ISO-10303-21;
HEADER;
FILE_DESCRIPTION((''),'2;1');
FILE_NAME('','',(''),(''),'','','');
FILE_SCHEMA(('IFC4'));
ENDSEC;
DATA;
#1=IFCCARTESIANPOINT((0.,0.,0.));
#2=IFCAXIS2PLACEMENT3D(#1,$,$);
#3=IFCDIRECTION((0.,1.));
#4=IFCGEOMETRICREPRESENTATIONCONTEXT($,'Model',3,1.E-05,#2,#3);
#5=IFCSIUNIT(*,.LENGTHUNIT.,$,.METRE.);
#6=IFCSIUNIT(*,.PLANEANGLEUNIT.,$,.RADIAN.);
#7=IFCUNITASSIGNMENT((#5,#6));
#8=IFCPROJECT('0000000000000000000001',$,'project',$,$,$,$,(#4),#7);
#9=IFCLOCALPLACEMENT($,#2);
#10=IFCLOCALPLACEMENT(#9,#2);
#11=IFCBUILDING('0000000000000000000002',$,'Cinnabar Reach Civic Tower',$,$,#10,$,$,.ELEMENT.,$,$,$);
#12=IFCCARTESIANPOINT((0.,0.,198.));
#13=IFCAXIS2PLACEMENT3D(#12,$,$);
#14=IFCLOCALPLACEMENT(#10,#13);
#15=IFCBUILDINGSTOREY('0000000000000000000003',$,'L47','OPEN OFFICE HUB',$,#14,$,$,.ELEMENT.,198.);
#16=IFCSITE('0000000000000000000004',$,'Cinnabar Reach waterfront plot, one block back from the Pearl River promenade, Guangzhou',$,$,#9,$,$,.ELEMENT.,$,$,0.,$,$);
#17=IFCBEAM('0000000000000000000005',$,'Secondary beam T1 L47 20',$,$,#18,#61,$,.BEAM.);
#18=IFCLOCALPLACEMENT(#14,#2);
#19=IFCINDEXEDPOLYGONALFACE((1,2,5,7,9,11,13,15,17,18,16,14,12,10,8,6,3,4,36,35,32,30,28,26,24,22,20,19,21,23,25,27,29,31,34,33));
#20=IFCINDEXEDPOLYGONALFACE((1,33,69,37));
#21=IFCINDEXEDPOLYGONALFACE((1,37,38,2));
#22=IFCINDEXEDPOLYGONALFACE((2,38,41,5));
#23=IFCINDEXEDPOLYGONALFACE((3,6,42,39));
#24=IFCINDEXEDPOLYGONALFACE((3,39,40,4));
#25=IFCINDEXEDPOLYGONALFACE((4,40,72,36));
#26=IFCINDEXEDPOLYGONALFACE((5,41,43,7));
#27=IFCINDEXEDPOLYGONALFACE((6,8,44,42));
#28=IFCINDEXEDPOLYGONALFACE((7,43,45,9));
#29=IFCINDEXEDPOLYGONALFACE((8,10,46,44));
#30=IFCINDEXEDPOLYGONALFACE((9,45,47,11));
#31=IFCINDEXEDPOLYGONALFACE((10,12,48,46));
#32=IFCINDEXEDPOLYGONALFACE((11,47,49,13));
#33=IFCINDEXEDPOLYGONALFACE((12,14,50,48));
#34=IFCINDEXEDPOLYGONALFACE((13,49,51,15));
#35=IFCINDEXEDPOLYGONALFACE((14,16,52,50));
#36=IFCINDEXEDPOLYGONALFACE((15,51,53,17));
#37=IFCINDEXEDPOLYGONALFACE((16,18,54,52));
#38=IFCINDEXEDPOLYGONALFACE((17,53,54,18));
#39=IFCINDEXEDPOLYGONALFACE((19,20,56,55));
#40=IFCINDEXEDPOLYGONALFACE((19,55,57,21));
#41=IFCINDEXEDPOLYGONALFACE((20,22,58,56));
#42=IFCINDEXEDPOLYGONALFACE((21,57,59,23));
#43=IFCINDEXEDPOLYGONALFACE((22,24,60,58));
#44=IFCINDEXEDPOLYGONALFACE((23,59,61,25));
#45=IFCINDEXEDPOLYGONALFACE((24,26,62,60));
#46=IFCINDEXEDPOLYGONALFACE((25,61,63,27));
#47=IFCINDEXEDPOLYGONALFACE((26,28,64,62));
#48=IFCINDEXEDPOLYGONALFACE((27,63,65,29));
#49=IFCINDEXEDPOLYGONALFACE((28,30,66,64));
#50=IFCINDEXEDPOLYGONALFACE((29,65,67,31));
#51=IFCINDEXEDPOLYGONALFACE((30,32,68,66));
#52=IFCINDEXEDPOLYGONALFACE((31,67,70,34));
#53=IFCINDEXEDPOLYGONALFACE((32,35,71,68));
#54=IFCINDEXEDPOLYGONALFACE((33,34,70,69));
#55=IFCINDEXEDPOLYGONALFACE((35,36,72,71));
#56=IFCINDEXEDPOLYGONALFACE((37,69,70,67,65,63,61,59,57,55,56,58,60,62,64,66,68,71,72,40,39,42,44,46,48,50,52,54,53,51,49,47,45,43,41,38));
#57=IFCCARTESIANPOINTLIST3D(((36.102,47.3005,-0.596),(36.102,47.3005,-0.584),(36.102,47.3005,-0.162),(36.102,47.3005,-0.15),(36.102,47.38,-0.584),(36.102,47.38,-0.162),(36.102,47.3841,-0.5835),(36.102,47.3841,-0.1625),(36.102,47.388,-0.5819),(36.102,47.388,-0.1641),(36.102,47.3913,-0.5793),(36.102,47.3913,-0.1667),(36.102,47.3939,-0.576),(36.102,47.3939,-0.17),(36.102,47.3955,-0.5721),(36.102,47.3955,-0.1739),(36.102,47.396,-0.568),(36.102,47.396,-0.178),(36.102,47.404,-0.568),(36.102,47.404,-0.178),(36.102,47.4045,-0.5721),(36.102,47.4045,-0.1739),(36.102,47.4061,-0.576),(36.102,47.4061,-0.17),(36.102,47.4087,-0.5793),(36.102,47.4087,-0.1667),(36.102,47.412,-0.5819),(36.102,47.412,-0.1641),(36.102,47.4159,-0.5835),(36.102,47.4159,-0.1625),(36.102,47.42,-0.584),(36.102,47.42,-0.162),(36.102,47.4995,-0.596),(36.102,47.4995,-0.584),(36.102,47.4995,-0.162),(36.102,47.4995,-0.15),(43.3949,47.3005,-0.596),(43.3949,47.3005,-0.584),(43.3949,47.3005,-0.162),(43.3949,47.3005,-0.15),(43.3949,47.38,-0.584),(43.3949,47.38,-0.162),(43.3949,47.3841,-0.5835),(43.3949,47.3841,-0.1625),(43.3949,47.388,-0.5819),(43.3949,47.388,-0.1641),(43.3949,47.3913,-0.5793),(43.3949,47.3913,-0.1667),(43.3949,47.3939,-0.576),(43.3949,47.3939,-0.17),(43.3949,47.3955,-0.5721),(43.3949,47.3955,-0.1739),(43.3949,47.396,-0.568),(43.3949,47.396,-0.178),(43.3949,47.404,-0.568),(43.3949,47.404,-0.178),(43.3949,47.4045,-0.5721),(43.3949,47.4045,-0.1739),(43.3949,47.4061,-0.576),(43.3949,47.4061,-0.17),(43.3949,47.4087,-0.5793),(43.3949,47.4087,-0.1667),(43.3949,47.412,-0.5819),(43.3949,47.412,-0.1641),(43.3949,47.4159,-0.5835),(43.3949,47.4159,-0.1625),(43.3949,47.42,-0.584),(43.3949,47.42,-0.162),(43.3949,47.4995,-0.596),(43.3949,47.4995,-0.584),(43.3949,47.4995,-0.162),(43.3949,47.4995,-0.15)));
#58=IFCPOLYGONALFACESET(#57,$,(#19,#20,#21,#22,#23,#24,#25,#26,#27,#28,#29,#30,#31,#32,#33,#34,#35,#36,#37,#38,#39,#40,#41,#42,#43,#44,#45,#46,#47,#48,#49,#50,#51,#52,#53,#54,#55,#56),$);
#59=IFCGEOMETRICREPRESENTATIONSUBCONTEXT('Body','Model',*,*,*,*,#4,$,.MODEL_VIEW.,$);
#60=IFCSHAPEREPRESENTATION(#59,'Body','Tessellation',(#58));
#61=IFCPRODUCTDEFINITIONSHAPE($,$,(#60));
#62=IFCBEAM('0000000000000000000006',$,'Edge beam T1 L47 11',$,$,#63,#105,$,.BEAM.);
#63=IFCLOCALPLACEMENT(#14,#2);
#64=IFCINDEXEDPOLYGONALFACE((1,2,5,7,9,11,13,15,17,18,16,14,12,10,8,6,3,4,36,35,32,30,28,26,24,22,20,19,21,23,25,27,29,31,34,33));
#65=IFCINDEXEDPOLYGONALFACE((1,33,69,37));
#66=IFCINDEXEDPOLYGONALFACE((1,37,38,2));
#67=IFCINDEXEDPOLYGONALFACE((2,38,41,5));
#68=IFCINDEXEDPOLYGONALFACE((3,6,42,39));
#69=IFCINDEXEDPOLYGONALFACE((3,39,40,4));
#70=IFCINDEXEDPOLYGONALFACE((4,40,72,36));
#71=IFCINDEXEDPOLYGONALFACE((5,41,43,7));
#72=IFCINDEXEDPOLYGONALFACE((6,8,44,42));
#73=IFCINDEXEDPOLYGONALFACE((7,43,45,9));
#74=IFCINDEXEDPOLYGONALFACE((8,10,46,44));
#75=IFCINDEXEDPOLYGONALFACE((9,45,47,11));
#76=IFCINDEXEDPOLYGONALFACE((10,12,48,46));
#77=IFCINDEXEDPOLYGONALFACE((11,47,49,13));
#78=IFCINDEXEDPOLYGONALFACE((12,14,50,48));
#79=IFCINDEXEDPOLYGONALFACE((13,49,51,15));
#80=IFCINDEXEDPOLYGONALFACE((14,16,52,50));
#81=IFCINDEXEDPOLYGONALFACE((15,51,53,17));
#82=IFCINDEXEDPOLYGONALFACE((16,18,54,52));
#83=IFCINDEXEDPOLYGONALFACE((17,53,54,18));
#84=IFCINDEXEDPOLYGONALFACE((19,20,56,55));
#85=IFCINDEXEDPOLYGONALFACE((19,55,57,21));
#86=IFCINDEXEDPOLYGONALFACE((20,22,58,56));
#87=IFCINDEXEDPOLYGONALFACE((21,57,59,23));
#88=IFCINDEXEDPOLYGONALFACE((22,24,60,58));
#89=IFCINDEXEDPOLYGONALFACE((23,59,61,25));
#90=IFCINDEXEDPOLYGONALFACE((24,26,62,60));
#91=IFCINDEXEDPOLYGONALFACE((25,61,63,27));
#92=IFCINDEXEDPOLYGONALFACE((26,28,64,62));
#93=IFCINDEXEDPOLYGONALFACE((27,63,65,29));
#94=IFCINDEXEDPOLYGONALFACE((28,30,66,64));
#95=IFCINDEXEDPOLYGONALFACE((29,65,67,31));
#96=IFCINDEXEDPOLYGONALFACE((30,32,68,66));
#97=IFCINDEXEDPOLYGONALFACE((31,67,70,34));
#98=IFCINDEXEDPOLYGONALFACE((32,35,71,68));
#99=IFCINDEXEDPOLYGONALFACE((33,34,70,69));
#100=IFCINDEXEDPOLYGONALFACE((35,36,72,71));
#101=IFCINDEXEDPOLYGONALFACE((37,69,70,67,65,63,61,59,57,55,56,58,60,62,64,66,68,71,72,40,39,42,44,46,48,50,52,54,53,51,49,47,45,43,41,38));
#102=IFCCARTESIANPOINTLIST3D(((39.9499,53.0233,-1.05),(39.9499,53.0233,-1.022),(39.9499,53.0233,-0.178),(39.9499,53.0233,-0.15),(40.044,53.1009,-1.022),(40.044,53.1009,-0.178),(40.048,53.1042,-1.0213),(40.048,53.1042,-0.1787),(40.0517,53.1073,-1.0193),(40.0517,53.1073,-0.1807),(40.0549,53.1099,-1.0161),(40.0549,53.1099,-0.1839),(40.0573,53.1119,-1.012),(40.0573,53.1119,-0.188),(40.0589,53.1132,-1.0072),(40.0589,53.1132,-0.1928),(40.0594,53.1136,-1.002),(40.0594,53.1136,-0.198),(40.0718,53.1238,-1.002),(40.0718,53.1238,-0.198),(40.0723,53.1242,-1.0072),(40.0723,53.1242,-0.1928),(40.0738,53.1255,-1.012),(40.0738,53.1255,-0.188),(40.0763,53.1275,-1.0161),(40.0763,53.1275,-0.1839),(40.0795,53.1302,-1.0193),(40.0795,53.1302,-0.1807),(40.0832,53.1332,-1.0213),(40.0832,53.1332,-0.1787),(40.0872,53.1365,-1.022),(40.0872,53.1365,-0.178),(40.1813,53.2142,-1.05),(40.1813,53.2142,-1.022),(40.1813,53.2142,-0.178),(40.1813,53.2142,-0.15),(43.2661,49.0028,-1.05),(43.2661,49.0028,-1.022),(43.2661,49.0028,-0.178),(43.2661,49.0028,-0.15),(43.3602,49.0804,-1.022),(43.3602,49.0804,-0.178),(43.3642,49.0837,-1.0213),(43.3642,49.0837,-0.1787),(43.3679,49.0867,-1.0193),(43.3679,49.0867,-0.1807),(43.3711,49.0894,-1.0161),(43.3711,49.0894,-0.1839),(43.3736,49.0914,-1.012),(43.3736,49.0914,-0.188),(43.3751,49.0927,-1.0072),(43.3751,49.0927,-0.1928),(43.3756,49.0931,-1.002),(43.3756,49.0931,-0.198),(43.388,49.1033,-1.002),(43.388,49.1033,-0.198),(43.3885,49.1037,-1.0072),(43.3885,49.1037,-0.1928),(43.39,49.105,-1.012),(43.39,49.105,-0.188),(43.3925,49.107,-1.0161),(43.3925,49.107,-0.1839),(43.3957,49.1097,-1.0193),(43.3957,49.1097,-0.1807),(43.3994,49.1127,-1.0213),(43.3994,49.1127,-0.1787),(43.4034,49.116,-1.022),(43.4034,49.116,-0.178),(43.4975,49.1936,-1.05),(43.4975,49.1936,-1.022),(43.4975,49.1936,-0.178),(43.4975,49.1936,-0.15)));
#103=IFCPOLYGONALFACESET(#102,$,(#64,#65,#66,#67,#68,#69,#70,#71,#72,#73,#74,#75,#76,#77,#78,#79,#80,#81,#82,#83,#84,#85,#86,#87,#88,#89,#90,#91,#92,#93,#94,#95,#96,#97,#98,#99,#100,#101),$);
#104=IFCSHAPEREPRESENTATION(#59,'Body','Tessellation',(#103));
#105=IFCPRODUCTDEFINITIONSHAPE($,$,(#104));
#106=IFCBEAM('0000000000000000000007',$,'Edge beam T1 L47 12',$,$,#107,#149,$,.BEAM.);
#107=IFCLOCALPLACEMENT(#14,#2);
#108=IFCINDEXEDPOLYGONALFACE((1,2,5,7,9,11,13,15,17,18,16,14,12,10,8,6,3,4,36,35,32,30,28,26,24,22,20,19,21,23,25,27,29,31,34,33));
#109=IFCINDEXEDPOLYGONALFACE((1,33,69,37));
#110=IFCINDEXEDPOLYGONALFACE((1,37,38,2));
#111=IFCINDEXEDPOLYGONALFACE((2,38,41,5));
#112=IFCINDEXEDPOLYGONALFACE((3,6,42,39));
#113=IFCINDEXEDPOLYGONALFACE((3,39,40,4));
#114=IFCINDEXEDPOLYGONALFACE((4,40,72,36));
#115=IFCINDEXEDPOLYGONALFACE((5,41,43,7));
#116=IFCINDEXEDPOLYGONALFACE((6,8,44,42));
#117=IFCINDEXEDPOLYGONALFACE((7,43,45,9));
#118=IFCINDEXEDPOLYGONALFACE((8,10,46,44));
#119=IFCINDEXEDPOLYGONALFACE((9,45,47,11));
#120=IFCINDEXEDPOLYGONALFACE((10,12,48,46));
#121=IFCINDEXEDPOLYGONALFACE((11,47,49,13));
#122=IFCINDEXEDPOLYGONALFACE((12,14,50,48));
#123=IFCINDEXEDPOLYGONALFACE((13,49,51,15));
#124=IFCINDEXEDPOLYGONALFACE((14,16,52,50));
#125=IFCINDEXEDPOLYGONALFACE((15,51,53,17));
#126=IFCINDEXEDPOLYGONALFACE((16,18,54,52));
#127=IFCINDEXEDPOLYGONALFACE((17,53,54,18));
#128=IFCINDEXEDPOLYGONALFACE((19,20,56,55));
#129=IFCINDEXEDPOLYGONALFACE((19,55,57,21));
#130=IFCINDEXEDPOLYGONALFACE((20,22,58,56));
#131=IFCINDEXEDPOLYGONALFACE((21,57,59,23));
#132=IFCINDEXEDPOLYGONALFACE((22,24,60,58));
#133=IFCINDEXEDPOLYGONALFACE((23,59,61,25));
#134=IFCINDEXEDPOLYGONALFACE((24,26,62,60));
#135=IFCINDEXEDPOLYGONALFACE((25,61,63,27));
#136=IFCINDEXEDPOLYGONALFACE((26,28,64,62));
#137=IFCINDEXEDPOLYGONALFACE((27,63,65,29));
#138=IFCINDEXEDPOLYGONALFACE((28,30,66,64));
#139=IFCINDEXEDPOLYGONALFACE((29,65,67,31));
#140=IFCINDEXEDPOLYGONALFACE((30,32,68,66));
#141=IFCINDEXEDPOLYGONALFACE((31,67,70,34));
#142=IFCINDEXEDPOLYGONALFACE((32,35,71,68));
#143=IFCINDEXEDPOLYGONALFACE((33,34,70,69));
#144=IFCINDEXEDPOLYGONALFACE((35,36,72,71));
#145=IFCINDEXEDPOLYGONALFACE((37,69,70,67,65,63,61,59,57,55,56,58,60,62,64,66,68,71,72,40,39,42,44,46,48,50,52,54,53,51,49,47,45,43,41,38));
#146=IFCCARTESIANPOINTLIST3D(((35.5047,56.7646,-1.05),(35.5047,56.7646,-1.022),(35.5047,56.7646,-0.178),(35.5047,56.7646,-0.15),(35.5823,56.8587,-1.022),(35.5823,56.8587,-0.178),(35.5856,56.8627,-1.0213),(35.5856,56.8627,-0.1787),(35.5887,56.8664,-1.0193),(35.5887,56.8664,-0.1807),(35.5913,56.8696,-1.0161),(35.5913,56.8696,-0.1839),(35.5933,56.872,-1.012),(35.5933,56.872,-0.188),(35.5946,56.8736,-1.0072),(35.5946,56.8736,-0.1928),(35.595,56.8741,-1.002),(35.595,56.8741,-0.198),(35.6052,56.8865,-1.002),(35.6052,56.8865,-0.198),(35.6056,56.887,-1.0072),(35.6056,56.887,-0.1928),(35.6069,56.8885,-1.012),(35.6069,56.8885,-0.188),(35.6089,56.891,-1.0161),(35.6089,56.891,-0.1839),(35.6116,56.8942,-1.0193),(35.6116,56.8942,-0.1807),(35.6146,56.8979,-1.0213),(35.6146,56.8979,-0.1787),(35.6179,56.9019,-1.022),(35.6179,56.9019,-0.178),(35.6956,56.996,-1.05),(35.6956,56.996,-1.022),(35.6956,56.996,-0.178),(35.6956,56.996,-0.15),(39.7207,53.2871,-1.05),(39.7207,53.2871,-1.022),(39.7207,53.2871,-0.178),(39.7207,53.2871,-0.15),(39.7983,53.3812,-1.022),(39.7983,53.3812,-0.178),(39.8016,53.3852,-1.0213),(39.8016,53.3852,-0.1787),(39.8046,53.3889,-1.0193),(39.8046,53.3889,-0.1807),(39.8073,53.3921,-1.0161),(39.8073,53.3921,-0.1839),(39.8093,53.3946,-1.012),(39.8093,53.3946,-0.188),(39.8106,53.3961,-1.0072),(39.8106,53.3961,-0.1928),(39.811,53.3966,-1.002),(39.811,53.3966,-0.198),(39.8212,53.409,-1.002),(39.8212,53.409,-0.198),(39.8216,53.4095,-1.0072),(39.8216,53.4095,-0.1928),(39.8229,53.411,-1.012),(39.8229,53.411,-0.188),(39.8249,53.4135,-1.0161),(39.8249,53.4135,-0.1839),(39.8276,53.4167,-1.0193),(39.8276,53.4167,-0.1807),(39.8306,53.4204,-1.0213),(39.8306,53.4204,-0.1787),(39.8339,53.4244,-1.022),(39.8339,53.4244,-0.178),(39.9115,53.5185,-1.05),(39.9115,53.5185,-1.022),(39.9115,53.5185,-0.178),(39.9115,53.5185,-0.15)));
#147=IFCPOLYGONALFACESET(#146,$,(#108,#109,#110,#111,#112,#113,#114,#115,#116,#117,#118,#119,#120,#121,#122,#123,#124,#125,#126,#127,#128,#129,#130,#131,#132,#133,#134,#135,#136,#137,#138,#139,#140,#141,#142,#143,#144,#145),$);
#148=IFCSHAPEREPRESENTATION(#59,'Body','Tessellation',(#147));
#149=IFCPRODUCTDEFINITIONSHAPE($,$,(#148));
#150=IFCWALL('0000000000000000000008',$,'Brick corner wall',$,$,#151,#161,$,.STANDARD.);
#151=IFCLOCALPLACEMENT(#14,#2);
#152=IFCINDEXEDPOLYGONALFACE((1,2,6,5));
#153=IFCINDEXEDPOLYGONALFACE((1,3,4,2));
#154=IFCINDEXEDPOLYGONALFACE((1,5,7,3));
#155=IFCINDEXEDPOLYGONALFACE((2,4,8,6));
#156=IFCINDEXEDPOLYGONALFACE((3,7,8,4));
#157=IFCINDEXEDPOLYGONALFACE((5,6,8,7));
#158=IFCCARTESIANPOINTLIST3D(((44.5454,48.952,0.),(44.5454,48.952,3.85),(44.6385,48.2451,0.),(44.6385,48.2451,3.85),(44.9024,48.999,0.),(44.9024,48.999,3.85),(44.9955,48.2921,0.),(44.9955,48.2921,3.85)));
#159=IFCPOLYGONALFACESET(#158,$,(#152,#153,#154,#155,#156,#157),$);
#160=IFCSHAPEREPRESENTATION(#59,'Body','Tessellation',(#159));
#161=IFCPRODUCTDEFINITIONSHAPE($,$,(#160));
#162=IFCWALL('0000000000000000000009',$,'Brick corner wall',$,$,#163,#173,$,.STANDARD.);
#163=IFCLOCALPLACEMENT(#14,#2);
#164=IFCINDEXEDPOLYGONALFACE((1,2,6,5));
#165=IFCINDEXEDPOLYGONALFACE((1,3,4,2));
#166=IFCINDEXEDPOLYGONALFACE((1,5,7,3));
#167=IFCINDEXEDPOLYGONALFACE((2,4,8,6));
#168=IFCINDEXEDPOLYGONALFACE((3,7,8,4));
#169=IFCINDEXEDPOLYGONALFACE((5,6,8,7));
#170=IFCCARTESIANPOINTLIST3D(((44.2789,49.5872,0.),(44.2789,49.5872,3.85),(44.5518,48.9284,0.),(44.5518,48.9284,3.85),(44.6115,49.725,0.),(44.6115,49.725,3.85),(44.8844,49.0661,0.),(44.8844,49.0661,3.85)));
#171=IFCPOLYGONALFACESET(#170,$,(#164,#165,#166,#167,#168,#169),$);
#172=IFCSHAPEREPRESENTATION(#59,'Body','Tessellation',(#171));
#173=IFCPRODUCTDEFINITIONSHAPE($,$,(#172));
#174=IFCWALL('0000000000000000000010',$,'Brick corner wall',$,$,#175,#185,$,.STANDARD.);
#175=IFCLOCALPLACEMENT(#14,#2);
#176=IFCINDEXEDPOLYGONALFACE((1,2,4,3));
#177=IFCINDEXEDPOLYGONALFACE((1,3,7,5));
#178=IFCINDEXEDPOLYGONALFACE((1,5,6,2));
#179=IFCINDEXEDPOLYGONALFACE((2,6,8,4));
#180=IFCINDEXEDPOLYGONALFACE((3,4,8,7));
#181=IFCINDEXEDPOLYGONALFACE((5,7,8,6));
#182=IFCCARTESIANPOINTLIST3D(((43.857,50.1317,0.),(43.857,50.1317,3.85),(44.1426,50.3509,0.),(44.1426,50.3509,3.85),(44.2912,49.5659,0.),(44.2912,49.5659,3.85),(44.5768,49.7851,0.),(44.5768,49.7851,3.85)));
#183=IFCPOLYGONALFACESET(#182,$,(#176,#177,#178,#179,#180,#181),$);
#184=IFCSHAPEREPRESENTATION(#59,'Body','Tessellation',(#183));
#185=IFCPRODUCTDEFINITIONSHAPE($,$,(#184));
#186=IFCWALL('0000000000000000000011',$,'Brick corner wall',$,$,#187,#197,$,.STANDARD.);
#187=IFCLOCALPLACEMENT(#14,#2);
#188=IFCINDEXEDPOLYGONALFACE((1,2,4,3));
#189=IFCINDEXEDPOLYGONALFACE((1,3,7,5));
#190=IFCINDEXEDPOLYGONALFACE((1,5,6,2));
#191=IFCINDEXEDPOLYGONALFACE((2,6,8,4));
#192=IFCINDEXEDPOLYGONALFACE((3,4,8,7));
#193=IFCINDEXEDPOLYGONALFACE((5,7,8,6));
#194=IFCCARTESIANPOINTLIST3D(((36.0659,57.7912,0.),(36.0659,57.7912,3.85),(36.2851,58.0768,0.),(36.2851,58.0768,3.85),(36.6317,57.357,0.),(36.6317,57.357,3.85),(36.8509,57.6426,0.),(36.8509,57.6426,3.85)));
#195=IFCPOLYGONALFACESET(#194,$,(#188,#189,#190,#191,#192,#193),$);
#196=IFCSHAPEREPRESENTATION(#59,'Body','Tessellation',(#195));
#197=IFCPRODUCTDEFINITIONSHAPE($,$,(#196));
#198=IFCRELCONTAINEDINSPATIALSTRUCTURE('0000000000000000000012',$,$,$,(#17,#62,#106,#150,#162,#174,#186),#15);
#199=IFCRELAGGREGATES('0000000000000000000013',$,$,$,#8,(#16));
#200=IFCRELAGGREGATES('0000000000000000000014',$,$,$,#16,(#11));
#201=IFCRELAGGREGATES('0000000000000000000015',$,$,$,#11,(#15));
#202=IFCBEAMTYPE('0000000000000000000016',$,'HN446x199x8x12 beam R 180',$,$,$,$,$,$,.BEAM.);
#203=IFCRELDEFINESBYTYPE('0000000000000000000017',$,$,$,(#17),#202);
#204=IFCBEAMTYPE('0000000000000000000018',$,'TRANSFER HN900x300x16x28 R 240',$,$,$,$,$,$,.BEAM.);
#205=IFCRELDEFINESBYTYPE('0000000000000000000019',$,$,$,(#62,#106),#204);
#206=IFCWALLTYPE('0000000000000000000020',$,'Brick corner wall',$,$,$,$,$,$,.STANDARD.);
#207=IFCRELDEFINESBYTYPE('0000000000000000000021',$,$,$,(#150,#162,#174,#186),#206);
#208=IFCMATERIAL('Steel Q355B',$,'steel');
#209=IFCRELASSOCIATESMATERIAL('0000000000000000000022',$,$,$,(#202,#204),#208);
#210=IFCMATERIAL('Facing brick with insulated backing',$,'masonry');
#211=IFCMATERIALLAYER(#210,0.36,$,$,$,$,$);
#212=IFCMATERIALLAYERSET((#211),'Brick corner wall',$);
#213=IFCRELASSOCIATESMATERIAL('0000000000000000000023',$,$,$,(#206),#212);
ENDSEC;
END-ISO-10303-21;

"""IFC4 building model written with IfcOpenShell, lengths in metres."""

from ifc_helpers import new_model, si_unit, direction, frame, frame_2d, origin, origin_2d, place, context, subcontext, project, spatial, rectangle, i_section, extrude, material, layer, layer_set, material_profile, profile_set, type_object, element, save


model = new_model("IFC4")

# Units and contexts
model_context = context("Model", 3, precision=1e-05, world=origin(), true_north=direction((0.0, 1.0)))
body_context = subcontext(model_context, "Body", "Model", "MODEL_VIEW")
ifc_project = project(units=[si_unit("LENGTHUNIT", "METRE"), si_unit("PLANEANGLEUNIT", "RADIAN")], contexts=[model_context])

# Site, building, storey
site_placement = place(None, origin())
site = spatial("IfcSite", under=ifc_project, at=site_placement, Name="Cinnabar Reach waterfront plot, one block back from the Pearl River promenade, Guangzhou", CompositionType="ELEMENT", RefElevation=0.0)
building_placement = place(site_placement, origin())
building = spatial("IfcBuilding", under=site, at=building_placement, Name="Cinnabar Reach Civic Tower", CompositionType="ELEMENT")
storey_placement = place(building_placement, frame((0.0, 0.0, 198.0)))
storey = spatial("IfcBuildingStorey", under=building, at=storey_placement, Name="L47", Description="OPEN OFFICE HUB", CompositionType="ELEMENT", Elevation=198.0)

# Beams
ifc_material_1 = material(Name="Steel Q355B", Category="steel")
ifc_material_profile_1 = material_profile(ifc_material_1, i_section(OverallWidth=0.199, OverallDepth=0.446, WebThickness=0.008, FlangeThickness=0.012, FilletRadius=0.016, at=origin_2d()), Name="HN446x199x8x12")
ifc_profile_set_1 = profile_set([ifc_material_profile_1], Name="Steel Q355B")
beam_type_1 = type_object("IfcBeamType", Name="HN446x199x8x12 beam R 180", PredefinedType="BEAM", material=ifc_profile_set_1)
beam_1_placement = place(storey_placement, frame((36.102, 47.4, -0.373), z_axis=(1.0, 0.0, 0.0), x_axis=(0.0, 1.0, 0.0)))
element("IfcBeam", 1, at=beam_1_placement, inside=storey, type_object=beam_type_1, Name="Secondary beam T1 L47 20", PredefinedType="BEAM", context=body_context, shape_type="SweptSolid", body=[
    extrude(i_section(OverallWidth=0.199, OverallDepth=0.446, WebThickness=0.008, FlangeThickness=0.012, FilletRadius=0.016, at=origin_2d()), origin(), (0.0, 0.0, 1.0), 7.2929),
])
ifc_material_profile_2 = material_profile(ifc_material_1, i_section(OverallWidth=0.3, OverallDepth=0.9, WebThickness=0.016, FlangeThickness=0.028, FilletRadius=0.02, at=origin_2d()), Name="HN900x300x16x28")
ifc_profile_set_2 = profile_set([ifc_material_profile_2], Name="Steel Q355B")
beam_type_2 = type_object("IfcBeamType", Name="TRANSFER HN900x300x16x28 R 240", PredefinedType="BEAM", material=ifc_profile_set_2)
beam_2_placement = place(storey_placement, frame((43.3818, 49.0982, -0.6), z_axis=(-0.636302, 0.77144, 0.0), x_axis=(-0.77144, -0.636302, 0.0)))
element("IfcBeam", 2, at=beam_2_placement, inside=storey, type_object=beam_type_2, Name="Edge beam T1 L47 11", PredefinedType="BEAM", context=body_context, shape_type="SweptSolid", body=[
    extrude(i_section(OverallWidth=0.3, OverallDepth=0.9, WebThickness=0.016, FlangeThickness=0.028, FilletRadius=0.02, at=origin_2d()), origin(), (0.0, 0.0, 1.0), 5.2117),
])
beam_3_placement = place(storey_placement, frame((39.8161, 53.4028, -0.6), z_axis=(-0.771436, 0.636307, 0.0), x_axis=(-0.636307, -0.771436, 0.0)))
element("IfcBeam", 3, at=beam_3_placement, inside=storey, type_object=beam_type_2, Name="Edge beam T1 L47 12", PredefinedType="BEAM", context=body_context, shape_type="SweptSolid", body=[
    extrude(i_section(OverallWidth=0.3, OverallDepth=0.9, WebThickness=0.016, FlangeThickness=0.028, FilletRadius=0.02, at=origin_2d()), origin(), (0.0, 0.0, 1.0), 5.4651),
])

# Walls
ifc_material_2 = material(Name="Facing brick with insulated backing", Category="masonry")
ifc_layer_1 = layer(ifc_material_2, 0.36)
ifc_layer_set_1 = layer_set([ifc_layer_1], Name="Brick corner wall")
wall_type_1 = type_object("IfcWallType", Name="Brick corner wall", PredefinedType="STANDARD", material=ifc_layer_set_1)
for number, where, z_axis, x_axis, name in (
    (4, (44.817, 48.2686, 0.0), (0.0, 0.0, 1.0), (-0.130556, 0.991441, 0.0), "Brick corner wall"),
    (5, (44.7181, 48.9973, 0.0), (0.0, 0.0, 1.0), (-0.382703, 0.923872, 0.0), "Brick corner wall"),
):
    element("IfcWall", number, at=place(storey_placement, frame(where, z_axis=z_axis, x_axis=x_axis)), inside=storey, type_object=wall_type_1, Name=name, PredefinedType="STANDARD", context=body_context, shape_type="SweptSolid", body=[
        extrude(rectangle(XDim=0.7131, YDim=0.36, at=frame_2d((0.3565, 0.0))), origin(), (0.0, 0.0, 1.0), 3.85),
    ])
for number, where, z_axis, x_axis, name in (
    (6, (44.434, 49.6755, 0.0), (0.0, 0.0, 1.0), (-0.608802, 0.793322, 0.0), "Brick corner wall"),
    (7, (36.7413, 57.4998, 0.0), (0.0, 0.0, 1.0), (-0.793322, 0.608802, 0.0), "Brick corner wall"),
):
    element("IfcWall", number, at=place(storey_placement, frame(where, z_axis=z_axis, x_axis=x_axis)), inside=storey, type_object=wall_type_1, Name=name, PredefinedType="STANDARD", context=body_context, shape_type="SweptSolid", body=[
        extrude(rectangle(XDim=0.7132, YDim=0.36, at=frame_2d((0.3566, 0.0))), origin(), (0.0, 0.0, 1.0), 3.85),
    ])

save(model, "model.ifc")
